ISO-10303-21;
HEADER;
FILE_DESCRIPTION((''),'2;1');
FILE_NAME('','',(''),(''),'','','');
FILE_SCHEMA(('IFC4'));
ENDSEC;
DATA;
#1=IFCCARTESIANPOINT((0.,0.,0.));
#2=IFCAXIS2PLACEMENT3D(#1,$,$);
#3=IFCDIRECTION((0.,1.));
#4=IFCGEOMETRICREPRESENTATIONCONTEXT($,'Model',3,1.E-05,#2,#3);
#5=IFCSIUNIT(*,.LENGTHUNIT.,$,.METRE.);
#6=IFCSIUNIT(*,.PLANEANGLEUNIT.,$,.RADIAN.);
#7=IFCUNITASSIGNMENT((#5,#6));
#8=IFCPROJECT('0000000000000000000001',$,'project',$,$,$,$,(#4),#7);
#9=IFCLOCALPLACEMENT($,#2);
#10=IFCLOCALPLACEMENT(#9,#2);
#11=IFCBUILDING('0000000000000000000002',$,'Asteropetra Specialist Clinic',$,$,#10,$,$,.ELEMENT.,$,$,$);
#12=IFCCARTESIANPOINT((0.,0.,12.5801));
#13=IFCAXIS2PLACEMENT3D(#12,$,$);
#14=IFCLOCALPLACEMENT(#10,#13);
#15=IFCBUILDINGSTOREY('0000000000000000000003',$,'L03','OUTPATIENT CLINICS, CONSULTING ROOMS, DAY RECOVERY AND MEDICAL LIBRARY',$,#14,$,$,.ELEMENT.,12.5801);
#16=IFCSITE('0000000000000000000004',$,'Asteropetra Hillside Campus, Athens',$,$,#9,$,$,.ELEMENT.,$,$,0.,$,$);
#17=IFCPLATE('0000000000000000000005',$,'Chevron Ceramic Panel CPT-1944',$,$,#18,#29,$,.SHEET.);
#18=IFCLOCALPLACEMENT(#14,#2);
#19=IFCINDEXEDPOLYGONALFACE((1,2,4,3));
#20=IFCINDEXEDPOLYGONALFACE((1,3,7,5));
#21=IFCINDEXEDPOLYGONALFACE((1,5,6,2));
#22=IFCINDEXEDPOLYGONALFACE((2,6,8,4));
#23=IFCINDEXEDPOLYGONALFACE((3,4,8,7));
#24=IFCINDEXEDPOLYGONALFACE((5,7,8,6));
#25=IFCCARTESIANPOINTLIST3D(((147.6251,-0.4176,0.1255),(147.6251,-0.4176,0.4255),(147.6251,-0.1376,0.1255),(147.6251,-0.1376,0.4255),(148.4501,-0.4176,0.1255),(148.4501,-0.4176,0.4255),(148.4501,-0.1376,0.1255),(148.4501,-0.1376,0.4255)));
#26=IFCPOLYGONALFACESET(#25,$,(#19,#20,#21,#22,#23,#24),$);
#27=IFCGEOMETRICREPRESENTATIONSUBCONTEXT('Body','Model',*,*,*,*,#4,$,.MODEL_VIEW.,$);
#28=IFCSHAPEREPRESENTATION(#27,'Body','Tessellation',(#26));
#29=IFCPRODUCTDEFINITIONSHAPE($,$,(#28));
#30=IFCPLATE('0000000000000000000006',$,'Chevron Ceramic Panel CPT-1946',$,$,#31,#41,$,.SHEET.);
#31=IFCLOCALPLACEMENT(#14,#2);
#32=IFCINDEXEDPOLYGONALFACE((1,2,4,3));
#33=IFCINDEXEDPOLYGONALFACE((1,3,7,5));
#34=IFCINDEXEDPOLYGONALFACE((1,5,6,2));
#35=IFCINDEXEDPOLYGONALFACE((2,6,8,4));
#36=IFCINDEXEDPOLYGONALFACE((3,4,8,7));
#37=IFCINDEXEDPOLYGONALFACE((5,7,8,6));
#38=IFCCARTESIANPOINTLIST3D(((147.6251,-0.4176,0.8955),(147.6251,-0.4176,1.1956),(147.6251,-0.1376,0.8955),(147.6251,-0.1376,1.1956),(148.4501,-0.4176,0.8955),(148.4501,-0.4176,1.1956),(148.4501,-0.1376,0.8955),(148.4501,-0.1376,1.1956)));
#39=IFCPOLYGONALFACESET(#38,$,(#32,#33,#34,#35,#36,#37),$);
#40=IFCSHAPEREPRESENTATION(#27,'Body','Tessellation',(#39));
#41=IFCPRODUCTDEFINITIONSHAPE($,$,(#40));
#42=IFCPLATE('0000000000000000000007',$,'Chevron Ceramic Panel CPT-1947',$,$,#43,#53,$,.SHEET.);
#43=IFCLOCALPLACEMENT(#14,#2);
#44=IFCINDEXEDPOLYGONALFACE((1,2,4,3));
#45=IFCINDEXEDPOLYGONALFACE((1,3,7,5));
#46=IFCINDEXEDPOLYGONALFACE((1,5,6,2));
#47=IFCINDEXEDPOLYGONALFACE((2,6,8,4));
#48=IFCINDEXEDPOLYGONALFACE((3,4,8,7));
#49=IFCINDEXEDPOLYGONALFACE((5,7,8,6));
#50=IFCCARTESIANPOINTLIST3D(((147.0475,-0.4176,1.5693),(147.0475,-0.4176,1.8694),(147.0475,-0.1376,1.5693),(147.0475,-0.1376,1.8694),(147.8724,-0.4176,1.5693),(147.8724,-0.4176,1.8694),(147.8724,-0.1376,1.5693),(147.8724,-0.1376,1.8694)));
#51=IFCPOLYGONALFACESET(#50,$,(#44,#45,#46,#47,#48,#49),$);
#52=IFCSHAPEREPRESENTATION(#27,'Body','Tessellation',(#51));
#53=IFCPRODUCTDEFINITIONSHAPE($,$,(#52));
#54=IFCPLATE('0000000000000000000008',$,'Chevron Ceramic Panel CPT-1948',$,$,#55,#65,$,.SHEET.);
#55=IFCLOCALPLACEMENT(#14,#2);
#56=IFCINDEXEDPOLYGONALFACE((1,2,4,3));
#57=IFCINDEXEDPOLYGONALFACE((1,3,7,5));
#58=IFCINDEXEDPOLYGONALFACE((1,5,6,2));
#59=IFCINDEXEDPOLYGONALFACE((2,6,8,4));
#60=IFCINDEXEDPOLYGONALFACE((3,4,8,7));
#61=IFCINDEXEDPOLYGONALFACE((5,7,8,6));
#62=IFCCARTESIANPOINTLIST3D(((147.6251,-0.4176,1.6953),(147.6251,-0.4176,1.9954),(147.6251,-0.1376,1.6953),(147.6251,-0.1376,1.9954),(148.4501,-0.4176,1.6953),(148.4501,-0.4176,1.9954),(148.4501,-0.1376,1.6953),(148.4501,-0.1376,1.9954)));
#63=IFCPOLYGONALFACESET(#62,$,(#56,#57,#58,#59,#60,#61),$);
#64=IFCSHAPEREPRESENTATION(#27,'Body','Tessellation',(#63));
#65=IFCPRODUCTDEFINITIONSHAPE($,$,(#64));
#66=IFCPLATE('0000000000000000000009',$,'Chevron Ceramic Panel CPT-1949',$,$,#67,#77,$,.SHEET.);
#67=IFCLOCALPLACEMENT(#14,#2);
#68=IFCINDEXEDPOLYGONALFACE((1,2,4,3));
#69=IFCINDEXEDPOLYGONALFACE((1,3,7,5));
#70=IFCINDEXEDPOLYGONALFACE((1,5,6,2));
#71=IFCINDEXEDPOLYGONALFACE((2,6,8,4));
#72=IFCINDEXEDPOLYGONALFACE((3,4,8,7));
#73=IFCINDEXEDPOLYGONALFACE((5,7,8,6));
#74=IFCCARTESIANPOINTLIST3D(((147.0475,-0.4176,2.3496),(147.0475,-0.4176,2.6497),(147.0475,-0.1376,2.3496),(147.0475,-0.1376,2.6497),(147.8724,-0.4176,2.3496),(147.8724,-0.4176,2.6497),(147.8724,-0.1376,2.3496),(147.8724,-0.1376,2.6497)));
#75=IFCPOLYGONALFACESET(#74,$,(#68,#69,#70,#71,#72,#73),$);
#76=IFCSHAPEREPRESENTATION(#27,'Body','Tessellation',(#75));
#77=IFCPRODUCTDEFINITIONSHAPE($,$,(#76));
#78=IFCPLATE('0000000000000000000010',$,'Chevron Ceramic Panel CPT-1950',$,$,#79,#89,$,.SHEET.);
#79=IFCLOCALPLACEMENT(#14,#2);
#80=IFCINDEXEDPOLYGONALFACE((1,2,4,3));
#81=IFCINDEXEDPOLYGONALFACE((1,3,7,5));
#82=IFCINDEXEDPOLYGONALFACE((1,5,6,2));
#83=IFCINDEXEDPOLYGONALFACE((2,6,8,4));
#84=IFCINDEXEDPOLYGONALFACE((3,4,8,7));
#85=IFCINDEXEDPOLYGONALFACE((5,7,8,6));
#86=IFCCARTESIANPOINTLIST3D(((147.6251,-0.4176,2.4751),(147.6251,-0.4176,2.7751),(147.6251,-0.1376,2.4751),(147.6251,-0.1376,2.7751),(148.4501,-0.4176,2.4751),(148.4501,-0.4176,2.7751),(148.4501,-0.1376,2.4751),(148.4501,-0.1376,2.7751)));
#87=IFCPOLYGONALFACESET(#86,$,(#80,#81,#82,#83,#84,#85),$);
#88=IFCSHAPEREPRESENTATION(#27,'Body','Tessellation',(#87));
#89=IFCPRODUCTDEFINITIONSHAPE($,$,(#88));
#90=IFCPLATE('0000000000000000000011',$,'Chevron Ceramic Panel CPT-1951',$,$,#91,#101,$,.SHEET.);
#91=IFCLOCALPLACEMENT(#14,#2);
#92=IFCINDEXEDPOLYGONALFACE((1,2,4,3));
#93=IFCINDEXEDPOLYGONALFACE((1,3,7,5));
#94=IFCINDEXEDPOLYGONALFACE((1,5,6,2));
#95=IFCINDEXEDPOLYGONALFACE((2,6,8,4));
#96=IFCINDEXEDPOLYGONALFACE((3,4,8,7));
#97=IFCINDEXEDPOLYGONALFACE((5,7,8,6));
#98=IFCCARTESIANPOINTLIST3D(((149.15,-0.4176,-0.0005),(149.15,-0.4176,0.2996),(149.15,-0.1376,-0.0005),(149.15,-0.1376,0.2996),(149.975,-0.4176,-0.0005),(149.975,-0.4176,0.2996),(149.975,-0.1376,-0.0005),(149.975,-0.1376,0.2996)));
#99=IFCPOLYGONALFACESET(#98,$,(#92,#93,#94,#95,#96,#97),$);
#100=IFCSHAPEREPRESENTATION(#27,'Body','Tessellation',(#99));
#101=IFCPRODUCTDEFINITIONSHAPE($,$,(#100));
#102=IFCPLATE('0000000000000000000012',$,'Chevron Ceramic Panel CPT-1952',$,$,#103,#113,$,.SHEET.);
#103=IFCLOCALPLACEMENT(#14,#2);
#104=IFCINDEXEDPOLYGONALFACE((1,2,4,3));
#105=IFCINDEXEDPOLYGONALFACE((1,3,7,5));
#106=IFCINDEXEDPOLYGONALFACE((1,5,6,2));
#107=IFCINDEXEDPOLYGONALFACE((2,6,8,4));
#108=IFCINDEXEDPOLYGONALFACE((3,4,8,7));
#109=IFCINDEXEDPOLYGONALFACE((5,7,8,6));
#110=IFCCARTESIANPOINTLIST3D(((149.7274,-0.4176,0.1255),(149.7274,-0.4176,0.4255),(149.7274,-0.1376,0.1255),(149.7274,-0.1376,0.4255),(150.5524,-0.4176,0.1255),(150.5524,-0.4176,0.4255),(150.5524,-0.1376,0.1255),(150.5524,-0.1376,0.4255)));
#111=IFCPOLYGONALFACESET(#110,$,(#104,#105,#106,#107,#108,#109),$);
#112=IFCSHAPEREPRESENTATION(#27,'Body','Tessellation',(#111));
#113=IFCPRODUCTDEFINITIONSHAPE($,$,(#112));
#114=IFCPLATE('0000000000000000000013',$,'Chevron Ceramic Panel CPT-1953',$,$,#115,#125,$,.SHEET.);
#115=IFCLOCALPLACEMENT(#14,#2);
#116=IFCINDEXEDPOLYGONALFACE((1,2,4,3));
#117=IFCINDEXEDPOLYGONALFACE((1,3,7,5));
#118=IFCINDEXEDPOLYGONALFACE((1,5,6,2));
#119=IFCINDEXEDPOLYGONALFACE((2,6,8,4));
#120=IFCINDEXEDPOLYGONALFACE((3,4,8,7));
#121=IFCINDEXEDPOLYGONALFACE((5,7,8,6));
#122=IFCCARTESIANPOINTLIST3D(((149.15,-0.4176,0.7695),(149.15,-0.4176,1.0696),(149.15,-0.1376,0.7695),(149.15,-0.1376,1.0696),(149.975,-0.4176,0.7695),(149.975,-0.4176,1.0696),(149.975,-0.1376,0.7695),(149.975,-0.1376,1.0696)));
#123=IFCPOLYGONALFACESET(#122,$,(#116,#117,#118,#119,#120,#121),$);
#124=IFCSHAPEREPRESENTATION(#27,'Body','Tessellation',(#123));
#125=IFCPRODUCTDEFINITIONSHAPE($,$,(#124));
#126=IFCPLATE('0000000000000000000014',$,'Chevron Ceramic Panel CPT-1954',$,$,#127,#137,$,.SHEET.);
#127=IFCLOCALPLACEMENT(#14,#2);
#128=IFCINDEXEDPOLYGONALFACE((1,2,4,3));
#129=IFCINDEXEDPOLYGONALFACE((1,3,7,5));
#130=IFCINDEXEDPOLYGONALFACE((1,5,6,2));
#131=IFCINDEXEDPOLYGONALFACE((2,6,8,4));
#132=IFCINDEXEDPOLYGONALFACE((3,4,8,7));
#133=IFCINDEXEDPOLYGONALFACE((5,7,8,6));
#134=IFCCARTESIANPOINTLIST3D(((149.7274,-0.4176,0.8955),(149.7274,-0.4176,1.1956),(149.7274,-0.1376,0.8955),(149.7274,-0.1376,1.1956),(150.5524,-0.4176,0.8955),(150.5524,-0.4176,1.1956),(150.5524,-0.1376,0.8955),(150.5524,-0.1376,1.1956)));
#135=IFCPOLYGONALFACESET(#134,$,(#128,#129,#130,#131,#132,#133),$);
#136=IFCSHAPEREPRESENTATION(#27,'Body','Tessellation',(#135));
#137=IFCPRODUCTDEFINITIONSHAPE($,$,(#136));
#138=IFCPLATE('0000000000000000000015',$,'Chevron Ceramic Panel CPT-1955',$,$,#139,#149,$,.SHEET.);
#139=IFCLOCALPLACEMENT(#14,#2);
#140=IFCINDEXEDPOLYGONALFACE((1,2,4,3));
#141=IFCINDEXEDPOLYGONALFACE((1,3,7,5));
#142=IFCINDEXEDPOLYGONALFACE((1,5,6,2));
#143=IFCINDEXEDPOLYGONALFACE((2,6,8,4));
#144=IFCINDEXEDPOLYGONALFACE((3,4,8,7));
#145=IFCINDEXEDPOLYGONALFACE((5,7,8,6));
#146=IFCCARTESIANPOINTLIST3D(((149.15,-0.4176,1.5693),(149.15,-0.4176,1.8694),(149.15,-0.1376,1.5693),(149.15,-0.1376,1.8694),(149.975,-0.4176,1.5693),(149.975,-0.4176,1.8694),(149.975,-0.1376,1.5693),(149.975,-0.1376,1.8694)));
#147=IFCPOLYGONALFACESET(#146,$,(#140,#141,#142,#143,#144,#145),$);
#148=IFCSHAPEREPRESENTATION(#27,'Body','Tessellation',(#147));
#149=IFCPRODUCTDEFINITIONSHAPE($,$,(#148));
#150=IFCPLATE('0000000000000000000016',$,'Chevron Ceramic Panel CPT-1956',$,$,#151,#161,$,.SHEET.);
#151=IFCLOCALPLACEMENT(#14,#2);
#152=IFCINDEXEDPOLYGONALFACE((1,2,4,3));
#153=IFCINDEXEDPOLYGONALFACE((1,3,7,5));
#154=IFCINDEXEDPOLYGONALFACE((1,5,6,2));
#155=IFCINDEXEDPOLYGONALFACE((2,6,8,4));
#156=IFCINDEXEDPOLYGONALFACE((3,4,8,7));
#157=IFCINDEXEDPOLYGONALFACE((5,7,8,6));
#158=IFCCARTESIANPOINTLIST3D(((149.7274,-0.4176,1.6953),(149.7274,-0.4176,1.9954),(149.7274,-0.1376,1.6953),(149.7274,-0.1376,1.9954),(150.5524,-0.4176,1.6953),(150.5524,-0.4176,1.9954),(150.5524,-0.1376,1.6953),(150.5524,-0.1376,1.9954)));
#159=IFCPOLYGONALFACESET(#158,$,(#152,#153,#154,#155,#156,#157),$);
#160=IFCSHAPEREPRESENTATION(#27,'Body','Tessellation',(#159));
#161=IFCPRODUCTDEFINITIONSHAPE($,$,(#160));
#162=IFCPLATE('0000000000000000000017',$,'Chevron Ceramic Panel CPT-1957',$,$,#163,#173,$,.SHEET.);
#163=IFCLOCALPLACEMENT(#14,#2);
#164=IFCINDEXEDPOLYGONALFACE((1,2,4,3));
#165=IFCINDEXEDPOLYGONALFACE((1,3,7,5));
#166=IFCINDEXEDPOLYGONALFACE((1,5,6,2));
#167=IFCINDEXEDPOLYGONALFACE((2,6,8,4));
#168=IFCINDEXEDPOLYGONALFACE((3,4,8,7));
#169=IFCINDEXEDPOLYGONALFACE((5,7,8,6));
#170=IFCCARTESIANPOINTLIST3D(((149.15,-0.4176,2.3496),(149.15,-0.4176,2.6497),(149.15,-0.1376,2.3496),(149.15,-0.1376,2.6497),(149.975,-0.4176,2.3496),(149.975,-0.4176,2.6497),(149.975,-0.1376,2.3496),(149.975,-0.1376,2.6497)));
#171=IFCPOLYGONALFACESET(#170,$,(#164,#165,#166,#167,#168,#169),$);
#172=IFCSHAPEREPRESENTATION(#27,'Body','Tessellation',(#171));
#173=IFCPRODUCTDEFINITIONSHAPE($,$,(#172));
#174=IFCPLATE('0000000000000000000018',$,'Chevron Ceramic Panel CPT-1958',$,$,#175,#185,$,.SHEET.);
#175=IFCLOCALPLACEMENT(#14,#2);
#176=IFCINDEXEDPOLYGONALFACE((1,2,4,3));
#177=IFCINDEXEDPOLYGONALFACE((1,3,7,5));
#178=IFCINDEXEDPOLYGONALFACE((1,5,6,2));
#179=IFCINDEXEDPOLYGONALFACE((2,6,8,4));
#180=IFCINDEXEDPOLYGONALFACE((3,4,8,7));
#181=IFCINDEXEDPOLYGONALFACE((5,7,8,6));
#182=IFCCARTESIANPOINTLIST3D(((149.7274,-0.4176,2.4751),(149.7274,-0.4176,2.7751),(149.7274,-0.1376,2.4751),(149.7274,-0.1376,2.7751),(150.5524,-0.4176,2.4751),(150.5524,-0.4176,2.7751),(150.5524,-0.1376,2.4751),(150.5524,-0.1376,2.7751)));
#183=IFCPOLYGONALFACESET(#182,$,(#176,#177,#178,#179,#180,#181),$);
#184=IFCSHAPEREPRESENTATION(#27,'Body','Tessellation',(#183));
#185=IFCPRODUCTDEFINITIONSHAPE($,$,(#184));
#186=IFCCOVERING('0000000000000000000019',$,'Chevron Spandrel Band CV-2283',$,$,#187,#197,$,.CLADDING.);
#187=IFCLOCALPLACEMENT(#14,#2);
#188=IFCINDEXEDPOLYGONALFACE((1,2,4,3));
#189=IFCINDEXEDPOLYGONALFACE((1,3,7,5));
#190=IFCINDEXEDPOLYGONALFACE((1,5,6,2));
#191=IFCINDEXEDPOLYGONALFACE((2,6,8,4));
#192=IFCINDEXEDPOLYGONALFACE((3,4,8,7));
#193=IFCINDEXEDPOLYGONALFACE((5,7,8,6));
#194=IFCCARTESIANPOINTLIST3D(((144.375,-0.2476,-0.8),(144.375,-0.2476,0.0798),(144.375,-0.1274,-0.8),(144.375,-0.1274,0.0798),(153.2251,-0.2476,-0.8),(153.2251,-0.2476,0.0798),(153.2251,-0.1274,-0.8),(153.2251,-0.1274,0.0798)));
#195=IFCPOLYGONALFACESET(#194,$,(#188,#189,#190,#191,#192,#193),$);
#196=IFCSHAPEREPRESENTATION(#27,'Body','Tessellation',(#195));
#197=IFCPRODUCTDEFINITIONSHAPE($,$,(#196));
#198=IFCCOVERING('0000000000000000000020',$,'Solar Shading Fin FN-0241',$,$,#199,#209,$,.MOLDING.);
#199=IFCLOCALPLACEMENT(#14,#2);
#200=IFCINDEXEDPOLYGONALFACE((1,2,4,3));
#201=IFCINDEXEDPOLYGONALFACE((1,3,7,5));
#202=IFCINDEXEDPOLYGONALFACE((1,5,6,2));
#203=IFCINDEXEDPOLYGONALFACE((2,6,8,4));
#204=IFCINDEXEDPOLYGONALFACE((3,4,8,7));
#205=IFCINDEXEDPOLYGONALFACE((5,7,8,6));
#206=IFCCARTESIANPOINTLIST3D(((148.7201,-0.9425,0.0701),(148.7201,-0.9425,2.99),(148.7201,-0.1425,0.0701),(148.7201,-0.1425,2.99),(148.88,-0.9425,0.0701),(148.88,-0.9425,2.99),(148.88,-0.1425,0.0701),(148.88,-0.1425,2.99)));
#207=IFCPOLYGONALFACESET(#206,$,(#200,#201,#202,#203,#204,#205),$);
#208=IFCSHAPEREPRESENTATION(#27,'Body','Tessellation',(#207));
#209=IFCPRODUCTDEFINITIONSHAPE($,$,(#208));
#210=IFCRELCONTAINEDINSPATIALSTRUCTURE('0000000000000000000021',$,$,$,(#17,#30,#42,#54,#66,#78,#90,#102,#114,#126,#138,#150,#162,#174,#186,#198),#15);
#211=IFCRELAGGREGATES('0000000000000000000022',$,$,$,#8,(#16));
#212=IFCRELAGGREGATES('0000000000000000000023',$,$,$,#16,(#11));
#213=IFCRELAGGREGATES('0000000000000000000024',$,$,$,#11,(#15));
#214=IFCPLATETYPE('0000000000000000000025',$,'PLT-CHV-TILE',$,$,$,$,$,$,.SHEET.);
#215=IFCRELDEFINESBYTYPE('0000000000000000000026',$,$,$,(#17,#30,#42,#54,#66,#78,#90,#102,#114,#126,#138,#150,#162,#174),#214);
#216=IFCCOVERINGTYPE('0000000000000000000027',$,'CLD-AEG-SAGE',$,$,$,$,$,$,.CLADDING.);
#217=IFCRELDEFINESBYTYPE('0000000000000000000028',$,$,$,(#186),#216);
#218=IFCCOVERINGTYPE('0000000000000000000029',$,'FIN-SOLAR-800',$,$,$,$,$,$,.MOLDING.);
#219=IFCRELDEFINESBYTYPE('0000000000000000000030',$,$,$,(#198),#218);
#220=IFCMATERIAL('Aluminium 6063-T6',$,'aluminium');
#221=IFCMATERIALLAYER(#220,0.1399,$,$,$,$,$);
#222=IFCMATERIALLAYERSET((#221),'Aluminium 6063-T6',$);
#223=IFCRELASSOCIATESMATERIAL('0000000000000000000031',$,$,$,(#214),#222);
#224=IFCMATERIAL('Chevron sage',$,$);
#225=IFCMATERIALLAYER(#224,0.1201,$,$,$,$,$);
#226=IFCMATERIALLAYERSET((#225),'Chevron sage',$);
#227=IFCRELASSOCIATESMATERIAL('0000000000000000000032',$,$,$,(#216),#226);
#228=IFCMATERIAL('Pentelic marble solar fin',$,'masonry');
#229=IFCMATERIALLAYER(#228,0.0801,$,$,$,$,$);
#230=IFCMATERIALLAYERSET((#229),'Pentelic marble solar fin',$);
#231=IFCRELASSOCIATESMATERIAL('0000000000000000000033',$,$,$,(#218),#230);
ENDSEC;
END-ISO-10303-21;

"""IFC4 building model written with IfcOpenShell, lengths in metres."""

from ifc_helpers import new_model, si_unit, direction, frame, origin, origin_2d, place, context, subcontext, project, spatial, rectangle, extrude, material, layer, layer_set, type_object, element, save


model = new_model("IFC4")

# Units and contexts
model_context = context("Model", 3, precision=1e-05, world=origin(), true_north=direction((0.0, 1.0)))
body_context = subcontext(model_context, "Body", "Model", "MODEL_VIEW")
ifc_project = project(units=[si_unit("LENGTHUNIT", "METRE"), si_unit("PLANEANGLEUNIT", "RADIAN")], contexts=[model_context])

# Site, building, storey
site_placement = place(None, origin())
site = spatial("IfcSite", under=ifc_project, at=site_placement, Name="Asteropetra Hillside Campus, Athens", CompositionType="ELEMENT", RefElevation=0.0)
building_placement = place(site_placement, origin())
building = spatial("IfcBuilding", under=site, at=building_placement, Name="Asteropetra Specialist Clinic", CompositionType="ELEMENT")
storey_placement = place(building_placement, frame((0.0, 0.0, 12.5801)))
storey = spatial("IfcBuildingStorey", under=building, at=storey_placement, Name="L03", Description="OUTPATIENT CLINICS, CONSULTING ROOMS, DAY RECOVERY AND MEDICAL LIBRARY", CompositionType="ELEMENT", Elevation=12.5801)

# Plates
ifc_material_1 = material(Name="Aluminium 6063-T6", Category="aluminium")
ifc_layer_1 = layer(ifc_material_1, 0.1399)
ifc_layer_set_1 = layer_set([ifc_layer_1], Name="Aluminium 6063-T6")
plate_type_1 = type_object("IfcPlateType", Name="PLT-CHV-TILE", PredefinedType="SHEET", material=ifc_layer_set_1)
for number, where, z_axis, x_axis, name in (
    (1, (148.0376, -0.2776, 0.1255), (0.0, 0.0, 1.0), (1.0, 0.0, 0.0), "Chevron Ceramic Panel CPT-1944"),
    (2, (148.0376, -0.2776, 0.8955), (0.0, 0.0, 1.0), (1.0, 0.0, 0.0), "Chevron Ceramic Panel CPT-1946"),
    (3, (147.46, -0.2776, 1.5693), (0.0, 0.0, 1.0), (1.0, 0.0, 0.0), "Chevron Ceramic Panel CPT-1947"),
    (4, (148.0376, -0.2776, 1.6953), (0.0, 0.0, 1.0), (1.0, 0.0, 0.0), "Chevron Ceramic Panel CPT-1948"),
    (5, (147.46, -0.2776, 2.3496), (0.0, 0.0, 1.0), (1.0, 0.0, 0.0), "Chevron Ceramic Panel CPT-1949"),
    (6, (148.0376, -0.2776, 2.4751), (0.0, 0.0, 1.0), (1.0, 0.0, 0.0), "Chevron Ceramic Panel CPT-1950"),
    (7, (149.5625, -0.2776, -0.0005), (0.0, 0.0, 1.0), (1.0, 0.0, 0.0), "Chevron Ceramic Panel CPT-1951"),
    (8, (150.1399, -0.2776, 0.1255), (0.0, 0.0, 1.0), (1.0, 0.0, 0.0), "Chevron Ceramic Panel CPT-1952"),
    (9, (149.5625, -0.2776, 0.7695), (0.0, 0.0, 1.0), (1.0, 0.0, 0.0), "Chevron Ceramic Panel CPT-1953"),
    (10, (150.1399, -0.2776, 0.8955), (0.0, 0.0, 1.0), (1.0, 0.0, 0.0), "Chevron Ceramic Panel CPT-1954"),
    (11, (149.5625, -0.2776, 1.5693), (0.0, 0.0, 1.0), (1.0, 0.0, 0.0), "Chevron Ceramic Panel CPT-1955"),
    (12, (150.1399, -0.2776, 1.6953), (0.0, 0.0, 1.0), (1.0, 0.0, 0.0), "Chevron Ceramic Panel CPT-1956"),
    (13, (149.5625, -0.2776, 2.3496), (0.0, 0.0, 1.0), (1.0, 0.0, 0.0), "Chevron Ceramic Panel CPT-1957"),
    (14, (150.1399, -0.2776, 2.4751), (0.0, 0.0, 1.0), (1.0, 0.0, 0.0), "Chevron Ceramic Panel CPT-1958"),
):
    element("IfcPlate", number, at=place(storey_placement, frame(where, z_axis=z_axis, x_axis=x_axis)), inside=storey, type_object=plate_type_1, Name=name, PredefinedType="SHEET", context=body_context, shape_type="SweptSolid", body=[
        extrude(rectangle(XDim=0.825, YDim=0.28, at=origin_2d()), origin(), (0.0, 0.0, 1.0), 0.3),
    ])

# Coverings
ifc_material_2 = material(Name="Chevron sage")
ifc_layer_2 = layer(ifc_material_2, 0.1201)
ifc_layer_set_2 = layer_set([ifc_layer_2], Name="Chevron sage")
covering_type_1 = type_object("IfcCoveringType", Name="CLD-AEG-SAGE", PredefinedType="CLADDING", material=ifc_layer_set_2)
covering_1_placement = place(storey_placement, frame((148.8, -0.1875, -0.8), z_axis=(0.0, 0.0, 1.0), x_axis=(1.0, 0.0, 0.0)))
element("IfcCovering", 15, at=covering_1_placement, inside=storey, type_object=covering_type_1, Name="Chevron Spandrel Band CV-2283", PredefinedType="CLADDING", context=body_context, shape_type="SweptSolid", body=[
    extrude(rectangle(XDim=8.8501, YDim=0.1201, at=origin_2d()), origin(), (0.0, 0.0, 1.0), 0.8799),
])
ifc_material_3 = material(Name="Pentelic marble solar fin", Category="masonry")
ifc_layer_3 = layer(ifc_material_3, 0.0801)
ifc_layer_set_3 = layer_set([ifc_layer_3], Name="Pentelic marble solar fin")
covering_type_2 = type_object("IfcCoveringType", Name="FIN-SOLAR-800", PredefinedType="MOLDING", material=ifc_layer_set_3)
covering_2_placement = place(storey_placement, frame((148.8, -0.5425, 0.0701), z_axis=(0.0, 0.0, 1.0), x_axis=(1.0, 0.0, 0.0)))
element("IfcCovering", 16, at=covering_2_placement, inside=storey, type_object=covering_type_2, Name="Solar Shading Fin FN-0241", PredefinedType="MOLDING", context=body_context, shape_type="SweptSolid", body=[
    extrude(rectangle(XDim=0.1599, YDim=0.8, at=origin_2d()), origin(), (0.0, 0.0, 1.0), 2.9199),
])

save(model, "model.ifc")
